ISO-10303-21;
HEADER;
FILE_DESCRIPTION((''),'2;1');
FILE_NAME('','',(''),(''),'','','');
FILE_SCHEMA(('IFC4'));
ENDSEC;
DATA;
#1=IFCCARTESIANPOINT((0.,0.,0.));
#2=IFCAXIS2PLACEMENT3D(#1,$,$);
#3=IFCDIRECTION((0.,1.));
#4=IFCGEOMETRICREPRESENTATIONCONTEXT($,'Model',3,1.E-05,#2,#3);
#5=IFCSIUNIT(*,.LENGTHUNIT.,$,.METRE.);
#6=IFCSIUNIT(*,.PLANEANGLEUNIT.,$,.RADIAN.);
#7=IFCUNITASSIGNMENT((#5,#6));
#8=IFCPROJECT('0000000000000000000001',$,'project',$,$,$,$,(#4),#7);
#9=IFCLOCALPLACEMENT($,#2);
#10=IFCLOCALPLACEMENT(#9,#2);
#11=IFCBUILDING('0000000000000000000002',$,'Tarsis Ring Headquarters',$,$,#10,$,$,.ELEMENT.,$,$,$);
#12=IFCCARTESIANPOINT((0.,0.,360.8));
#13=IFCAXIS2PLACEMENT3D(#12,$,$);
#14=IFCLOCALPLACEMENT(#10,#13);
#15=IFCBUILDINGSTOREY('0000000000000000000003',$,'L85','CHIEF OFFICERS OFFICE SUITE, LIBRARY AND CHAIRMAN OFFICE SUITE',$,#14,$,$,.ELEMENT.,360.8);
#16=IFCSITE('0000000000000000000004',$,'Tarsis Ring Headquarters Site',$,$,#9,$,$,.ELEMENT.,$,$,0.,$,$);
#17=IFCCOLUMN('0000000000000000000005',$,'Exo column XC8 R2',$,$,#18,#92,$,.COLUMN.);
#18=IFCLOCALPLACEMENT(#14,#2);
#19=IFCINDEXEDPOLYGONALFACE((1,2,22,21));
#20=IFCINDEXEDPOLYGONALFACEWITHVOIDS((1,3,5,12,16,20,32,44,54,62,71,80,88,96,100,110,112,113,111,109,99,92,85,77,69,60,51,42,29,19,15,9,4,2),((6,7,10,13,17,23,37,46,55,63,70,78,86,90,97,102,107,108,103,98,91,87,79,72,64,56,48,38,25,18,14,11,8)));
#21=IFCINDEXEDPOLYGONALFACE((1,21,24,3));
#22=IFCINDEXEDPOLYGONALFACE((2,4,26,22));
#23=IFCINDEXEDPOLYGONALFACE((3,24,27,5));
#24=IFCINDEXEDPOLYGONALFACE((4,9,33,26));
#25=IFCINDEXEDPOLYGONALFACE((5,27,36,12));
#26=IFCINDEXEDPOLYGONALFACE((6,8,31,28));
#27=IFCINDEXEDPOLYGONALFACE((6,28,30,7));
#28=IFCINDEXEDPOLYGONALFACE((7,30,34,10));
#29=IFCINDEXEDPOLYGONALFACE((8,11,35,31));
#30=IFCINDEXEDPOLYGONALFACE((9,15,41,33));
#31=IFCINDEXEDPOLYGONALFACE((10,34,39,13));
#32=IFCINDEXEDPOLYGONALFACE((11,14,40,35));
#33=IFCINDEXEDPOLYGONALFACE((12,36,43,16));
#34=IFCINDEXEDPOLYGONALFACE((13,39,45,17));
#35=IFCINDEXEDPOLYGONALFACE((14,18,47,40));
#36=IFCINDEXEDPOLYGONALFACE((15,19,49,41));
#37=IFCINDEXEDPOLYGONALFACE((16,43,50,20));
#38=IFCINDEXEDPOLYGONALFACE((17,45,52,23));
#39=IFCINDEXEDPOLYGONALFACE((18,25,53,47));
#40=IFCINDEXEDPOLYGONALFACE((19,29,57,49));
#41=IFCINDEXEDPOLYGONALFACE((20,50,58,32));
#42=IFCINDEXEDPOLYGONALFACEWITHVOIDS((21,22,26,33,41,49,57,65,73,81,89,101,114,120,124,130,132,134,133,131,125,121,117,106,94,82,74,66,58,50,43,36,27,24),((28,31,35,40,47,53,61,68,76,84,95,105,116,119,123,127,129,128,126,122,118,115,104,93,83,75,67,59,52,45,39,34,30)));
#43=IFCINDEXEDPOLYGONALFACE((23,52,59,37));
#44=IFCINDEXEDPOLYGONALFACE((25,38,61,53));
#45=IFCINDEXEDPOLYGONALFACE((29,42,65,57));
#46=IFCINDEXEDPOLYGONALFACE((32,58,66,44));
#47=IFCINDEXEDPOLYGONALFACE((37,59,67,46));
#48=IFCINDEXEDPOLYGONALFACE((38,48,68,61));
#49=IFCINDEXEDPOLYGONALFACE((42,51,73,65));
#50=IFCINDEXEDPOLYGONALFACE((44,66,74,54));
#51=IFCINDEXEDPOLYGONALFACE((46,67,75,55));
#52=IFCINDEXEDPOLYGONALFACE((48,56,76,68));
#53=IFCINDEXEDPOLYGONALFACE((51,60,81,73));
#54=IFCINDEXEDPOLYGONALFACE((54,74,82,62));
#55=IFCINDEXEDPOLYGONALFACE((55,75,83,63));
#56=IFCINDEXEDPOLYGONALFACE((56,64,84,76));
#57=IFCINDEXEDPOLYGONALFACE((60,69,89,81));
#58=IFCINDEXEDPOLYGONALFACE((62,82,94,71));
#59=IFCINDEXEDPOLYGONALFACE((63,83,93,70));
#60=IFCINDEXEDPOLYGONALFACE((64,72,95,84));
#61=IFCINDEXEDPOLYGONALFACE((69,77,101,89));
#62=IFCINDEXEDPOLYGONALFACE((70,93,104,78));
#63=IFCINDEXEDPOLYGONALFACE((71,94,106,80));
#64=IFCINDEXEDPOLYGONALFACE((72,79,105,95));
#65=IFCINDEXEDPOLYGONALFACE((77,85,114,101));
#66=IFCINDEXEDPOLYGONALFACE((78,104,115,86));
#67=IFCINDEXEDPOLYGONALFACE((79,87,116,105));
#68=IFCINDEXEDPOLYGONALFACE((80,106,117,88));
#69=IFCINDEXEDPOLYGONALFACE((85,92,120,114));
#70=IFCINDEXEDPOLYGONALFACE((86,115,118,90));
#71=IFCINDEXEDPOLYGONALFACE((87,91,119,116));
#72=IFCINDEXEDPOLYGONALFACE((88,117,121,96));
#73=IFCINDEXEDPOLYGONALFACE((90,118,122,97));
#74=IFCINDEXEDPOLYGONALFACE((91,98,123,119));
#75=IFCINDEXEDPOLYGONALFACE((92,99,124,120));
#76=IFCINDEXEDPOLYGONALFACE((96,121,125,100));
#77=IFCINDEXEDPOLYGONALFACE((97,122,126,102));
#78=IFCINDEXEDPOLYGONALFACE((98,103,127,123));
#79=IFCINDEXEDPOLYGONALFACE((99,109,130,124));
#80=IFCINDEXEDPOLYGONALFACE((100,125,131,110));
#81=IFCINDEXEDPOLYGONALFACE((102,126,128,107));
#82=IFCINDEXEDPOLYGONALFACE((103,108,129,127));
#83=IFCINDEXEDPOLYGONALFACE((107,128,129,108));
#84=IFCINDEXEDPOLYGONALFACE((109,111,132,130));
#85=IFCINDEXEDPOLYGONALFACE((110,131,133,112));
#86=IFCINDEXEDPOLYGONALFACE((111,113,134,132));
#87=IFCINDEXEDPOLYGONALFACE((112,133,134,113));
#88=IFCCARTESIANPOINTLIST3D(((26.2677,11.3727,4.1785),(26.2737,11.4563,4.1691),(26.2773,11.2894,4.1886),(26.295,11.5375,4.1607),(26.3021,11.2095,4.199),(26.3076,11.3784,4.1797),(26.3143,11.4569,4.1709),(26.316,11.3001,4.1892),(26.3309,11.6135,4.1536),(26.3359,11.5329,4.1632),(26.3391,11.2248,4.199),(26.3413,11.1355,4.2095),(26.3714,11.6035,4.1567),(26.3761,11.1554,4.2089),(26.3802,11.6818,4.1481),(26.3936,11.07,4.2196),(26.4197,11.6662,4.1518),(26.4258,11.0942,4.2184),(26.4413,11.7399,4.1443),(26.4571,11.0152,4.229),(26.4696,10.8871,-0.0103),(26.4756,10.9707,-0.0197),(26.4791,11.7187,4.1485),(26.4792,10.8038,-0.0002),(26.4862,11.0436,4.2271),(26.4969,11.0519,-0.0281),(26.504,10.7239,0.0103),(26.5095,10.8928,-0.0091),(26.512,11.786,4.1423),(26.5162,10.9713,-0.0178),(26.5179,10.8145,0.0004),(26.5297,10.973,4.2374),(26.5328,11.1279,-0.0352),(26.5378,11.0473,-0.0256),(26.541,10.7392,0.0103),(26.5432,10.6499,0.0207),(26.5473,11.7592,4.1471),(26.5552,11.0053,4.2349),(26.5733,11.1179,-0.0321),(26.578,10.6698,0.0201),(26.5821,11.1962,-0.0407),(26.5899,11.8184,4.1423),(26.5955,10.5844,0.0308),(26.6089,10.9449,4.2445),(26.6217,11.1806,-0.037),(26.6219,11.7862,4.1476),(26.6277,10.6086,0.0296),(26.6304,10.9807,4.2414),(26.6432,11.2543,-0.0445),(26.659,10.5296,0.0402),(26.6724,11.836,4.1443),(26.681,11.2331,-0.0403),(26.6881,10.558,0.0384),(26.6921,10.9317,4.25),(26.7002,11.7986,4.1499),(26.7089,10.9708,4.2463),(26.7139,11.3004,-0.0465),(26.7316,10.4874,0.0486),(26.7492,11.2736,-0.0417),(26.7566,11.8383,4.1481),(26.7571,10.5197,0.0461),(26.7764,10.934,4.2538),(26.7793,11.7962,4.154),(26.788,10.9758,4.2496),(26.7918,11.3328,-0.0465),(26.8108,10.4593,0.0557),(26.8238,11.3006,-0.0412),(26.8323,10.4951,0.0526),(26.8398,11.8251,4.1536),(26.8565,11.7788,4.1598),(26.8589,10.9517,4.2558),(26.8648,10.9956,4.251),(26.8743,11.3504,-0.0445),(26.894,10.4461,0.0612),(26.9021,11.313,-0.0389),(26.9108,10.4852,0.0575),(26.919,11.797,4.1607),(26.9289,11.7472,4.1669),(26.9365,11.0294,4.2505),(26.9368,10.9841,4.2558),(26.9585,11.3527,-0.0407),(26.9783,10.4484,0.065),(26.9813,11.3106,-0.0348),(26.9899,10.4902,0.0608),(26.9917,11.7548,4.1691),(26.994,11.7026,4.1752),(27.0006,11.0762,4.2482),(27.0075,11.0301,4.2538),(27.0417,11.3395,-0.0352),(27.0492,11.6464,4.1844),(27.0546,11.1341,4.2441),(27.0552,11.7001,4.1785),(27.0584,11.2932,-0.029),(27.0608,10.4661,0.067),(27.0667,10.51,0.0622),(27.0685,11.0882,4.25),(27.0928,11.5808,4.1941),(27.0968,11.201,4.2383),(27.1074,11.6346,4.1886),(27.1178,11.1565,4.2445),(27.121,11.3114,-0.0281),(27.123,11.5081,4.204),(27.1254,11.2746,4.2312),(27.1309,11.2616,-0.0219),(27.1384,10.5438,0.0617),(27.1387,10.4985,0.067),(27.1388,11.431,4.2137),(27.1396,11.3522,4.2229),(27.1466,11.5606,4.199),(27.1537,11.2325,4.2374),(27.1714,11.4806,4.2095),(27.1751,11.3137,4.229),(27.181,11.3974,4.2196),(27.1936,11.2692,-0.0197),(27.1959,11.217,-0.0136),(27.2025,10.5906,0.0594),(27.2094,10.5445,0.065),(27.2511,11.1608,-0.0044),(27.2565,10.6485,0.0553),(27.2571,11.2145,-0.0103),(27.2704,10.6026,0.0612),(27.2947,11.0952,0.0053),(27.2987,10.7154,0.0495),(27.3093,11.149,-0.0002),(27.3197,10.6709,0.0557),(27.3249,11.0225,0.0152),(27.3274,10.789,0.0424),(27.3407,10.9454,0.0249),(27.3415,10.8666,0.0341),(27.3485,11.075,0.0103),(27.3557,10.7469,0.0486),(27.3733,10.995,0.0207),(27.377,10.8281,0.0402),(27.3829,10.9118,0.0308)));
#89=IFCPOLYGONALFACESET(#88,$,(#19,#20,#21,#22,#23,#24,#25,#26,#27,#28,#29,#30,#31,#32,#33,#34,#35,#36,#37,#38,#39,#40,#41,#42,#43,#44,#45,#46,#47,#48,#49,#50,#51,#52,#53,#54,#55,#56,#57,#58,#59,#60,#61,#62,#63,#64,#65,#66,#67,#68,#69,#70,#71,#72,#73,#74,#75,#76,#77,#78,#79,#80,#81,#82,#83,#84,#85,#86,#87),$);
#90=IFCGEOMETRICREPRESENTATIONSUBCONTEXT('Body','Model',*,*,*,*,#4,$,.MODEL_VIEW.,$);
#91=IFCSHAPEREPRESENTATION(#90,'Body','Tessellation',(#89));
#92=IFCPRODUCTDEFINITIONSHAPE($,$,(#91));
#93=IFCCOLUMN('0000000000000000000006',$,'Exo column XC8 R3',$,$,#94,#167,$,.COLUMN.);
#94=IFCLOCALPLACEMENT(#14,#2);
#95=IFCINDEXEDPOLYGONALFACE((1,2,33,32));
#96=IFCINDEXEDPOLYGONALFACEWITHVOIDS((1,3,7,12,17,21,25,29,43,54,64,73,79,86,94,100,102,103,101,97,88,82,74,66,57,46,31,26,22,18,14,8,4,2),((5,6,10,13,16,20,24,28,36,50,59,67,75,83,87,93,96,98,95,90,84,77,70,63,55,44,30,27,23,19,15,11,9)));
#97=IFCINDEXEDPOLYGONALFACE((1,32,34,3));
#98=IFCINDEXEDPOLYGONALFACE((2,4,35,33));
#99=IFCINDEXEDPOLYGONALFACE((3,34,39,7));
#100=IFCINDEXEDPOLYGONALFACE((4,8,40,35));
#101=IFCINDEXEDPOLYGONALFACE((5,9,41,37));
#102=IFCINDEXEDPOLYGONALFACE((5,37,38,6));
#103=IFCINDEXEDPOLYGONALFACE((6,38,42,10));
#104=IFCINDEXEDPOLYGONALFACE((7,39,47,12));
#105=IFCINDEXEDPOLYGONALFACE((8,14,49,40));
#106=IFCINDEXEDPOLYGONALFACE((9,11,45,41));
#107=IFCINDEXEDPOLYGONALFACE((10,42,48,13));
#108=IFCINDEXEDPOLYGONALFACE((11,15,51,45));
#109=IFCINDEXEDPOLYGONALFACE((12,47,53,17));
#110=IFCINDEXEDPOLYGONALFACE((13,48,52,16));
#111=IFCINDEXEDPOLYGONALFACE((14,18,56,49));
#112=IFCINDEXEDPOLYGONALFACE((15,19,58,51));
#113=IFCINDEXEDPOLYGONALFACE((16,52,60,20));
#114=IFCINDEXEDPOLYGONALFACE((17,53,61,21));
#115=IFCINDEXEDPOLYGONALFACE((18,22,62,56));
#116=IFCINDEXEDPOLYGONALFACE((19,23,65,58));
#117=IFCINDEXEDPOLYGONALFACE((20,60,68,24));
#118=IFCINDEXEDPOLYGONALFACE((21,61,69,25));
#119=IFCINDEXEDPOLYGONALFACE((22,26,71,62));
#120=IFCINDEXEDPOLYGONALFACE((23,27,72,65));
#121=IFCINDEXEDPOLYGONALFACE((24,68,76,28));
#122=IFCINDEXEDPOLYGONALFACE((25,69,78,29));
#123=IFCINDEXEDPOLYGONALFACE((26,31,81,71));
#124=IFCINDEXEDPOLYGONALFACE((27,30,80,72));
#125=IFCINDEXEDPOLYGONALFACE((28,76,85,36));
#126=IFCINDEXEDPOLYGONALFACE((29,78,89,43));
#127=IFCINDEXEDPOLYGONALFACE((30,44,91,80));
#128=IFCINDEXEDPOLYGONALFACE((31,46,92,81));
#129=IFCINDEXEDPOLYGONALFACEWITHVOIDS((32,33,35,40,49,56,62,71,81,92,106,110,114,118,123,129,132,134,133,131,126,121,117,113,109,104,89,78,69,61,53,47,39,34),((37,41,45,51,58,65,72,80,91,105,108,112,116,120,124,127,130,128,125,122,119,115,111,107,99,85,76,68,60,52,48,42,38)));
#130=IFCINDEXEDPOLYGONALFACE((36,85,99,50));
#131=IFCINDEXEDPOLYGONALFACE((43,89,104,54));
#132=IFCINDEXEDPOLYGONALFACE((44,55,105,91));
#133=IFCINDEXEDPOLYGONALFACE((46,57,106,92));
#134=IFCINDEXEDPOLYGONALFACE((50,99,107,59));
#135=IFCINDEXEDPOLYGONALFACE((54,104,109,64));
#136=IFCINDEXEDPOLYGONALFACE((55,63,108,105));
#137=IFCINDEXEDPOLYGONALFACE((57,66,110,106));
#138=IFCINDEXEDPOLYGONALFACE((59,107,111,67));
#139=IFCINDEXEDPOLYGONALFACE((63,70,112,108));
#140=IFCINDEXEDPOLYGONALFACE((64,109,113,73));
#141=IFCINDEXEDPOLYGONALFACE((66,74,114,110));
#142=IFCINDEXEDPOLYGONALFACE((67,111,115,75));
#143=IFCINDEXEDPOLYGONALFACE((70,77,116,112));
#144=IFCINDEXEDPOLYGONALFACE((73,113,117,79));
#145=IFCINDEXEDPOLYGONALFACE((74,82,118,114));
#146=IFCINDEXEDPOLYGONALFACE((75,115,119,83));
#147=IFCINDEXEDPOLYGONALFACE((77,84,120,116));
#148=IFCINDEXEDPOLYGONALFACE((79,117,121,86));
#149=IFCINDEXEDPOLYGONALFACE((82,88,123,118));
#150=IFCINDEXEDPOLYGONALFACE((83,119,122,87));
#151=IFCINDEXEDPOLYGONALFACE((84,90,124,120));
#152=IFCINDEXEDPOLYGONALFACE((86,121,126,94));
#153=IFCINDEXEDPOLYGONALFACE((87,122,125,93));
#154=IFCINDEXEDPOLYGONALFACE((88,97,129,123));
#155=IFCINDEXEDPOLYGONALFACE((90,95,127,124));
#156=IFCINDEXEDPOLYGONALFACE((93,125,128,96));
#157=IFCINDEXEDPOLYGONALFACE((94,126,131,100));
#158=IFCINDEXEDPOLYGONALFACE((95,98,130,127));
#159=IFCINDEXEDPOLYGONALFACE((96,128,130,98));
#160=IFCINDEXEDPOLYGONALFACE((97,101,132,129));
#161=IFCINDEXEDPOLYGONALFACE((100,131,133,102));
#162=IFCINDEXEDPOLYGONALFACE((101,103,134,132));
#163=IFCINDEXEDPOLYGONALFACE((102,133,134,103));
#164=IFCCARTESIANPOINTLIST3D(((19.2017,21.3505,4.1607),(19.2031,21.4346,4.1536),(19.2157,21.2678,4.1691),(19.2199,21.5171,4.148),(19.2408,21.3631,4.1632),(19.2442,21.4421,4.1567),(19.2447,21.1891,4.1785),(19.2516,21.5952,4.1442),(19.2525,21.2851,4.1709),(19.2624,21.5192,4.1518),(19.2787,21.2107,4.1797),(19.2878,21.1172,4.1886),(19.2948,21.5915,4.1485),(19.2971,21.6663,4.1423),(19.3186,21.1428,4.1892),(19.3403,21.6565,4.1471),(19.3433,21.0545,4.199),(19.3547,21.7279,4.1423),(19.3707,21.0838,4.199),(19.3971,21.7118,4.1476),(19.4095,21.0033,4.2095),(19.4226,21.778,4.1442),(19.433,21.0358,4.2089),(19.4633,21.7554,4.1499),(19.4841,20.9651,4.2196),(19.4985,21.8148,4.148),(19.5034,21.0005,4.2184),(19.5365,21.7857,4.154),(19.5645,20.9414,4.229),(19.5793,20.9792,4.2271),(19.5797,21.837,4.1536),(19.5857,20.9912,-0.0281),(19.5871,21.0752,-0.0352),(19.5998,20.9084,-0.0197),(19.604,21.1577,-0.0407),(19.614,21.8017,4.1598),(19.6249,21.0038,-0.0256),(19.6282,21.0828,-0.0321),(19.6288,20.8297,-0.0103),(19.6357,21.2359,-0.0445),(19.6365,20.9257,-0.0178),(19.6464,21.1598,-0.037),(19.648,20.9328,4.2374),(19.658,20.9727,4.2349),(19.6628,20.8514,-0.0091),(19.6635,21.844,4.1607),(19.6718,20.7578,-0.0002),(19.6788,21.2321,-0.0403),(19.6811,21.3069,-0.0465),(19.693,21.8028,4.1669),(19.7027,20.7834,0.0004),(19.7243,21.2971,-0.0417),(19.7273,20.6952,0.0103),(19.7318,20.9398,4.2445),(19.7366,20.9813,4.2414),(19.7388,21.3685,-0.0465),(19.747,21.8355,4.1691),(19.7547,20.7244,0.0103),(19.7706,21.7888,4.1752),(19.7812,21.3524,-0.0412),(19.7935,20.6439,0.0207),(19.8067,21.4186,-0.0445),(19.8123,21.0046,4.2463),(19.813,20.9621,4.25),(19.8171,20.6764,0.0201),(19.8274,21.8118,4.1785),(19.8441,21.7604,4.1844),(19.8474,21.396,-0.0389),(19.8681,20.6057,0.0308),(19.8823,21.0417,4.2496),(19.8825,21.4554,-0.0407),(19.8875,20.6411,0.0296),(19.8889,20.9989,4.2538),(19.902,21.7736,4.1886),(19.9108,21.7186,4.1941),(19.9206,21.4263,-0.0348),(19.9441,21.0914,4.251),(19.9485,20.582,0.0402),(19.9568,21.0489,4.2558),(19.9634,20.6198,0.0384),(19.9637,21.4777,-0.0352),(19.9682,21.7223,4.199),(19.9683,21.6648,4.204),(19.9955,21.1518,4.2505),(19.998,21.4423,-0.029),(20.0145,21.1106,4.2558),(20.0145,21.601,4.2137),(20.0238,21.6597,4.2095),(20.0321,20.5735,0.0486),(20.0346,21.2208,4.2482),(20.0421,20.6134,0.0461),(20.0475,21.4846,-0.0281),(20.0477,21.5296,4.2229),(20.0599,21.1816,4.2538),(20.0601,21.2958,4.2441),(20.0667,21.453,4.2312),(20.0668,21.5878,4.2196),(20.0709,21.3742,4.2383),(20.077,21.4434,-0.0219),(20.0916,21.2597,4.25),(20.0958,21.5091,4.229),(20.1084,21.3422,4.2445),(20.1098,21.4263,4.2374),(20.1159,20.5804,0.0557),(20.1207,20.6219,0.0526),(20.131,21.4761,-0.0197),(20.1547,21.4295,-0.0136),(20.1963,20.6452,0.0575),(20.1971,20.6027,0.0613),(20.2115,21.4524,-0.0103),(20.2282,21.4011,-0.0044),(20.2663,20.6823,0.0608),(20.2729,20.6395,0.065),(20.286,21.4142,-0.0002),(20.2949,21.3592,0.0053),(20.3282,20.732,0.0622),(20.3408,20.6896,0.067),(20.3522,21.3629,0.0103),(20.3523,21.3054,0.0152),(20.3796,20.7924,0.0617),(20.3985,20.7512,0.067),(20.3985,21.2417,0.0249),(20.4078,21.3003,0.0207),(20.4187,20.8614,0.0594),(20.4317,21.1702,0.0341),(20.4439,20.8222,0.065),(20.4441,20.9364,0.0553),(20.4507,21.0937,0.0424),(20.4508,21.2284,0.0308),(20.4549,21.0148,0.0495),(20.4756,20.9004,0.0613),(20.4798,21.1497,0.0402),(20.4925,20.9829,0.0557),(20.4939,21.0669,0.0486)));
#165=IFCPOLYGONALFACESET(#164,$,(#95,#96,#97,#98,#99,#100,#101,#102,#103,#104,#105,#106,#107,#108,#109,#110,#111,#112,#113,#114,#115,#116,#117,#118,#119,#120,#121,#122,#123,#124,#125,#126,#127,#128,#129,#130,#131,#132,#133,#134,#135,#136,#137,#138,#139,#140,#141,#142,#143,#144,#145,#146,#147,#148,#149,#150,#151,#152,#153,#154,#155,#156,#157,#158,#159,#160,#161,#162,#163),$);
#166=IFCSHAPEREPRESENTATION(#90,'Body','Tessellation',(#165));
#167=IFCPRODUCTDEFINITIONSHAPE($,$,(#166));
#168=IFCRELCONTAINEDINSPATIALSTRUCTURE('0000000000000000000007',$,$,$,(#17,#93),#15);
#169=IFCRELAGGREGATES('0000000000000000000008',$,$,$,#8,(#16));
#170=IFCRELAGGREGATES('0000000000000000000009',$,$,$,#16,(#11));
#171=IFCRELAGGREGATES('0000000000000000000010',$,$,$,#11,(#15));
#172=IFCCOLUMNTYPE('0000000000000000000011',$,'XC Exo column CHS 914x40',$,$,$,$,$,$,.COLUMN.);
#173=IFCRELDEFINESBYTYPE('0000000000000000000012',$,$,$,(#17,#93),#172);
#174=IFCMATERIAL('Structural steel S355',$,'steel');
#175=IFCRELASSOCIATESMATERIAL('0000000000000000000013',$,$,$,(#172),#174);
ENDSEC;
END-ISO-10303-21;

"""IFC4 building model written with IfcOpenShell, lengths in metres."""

from ifc_helpers import new_model, si_unit, direction, frame, origin, origin_2d, place, context, subcontext, project, spatial, hollow_circle, extrude, material, material_profile, profile_set, type_object, element, save


model = new_model("IFC4")

# Units and contexts
model_context = context("Model", 3, precision=1e-05, world=origin(), true_north=direction((0.0, 1.0)))
body_context = subcontext(model_context, "Body", "Model", "MODEL_VIEW")
ifc_project = project(units=[si_unit("LENGTHUNIT", "METRE"), si_unit("PLANEANGLEUNIT", "RADIAN")], contexts=[model_context])

# Site, building, storey
site_placement = place(None, origin())
site = spatial("IfcSite", under=ifc_project, at=site_placement, Name="Tarsis Ring Headquarters Site", CompositionType="ELEMENT", RefElevation=0.0)
building_placement = place(site_placement, origin())
building = spatial("IfcBuilding", under=site, at=building_placement, Name="Tarsis Ring Headquarters", CompositionType="ELEMENT")
storey_placement = place(building_placement, frame((0.0, 0.0, 360.8)))
storey = spatial("IfcBuildingStorey", under=building, at=storey_placement, Name="L85", Description="CHIEF OFFICERS OFFICE SUITE, LIBRARY AND CHAIRMAN OFFICE SUITE", CompositionType="ELEMENT", Elevation=360.8)

# Columns
ifc_material_1 = material(Name="Structural steel S355", Category="steel")
ifc_material_profile_1 = material_profile(ifc_material_1, hollow_circle(Radius=0.457, WallThickness=0.04, at=origin_2d()), Name="CHS 914x40")
ifc_profile_set_1 = profile_set([ifc_material_profile_1], Name="Structural steel S355")
column_type = type_object("IfcColumnType", Name="XC Exo column CHS 914x40", PredefinedType="COLUMN", material=ifc_profile_set_1)
for number, where, z_axis, x_axis, name in (
    (1, (26.9263, 10.8994, 0.0103), (-0.047826, 0.115026, 0.99221), (-0.923365, -0.383923, 0.0), "Exo column XC8 R2"),
    (2, (20.0398, 21.0291, 0.0103), (-0.090968, 0.085127, 0.992209), (-0.683277, -0.730159, 0.0), "Exo column XC8 R3"),
):
    element("IfcColumn", number, at=place(storey_placement, frame(where, z_axis=z_axis, x_axis=x_axis)), inside=storey, type_object=column_type, Name=name, PredefinedType="COLUMN", context=body_context, shape_type="SweptSolid", body=[
        extrude(hollow_circle(Radius=0.4573, WallThickness=0.04, at=origin_2d()), origin(), (0.0, 0.0, 1.0), 4.2217),
    ])

save(model, "model.ifc")
